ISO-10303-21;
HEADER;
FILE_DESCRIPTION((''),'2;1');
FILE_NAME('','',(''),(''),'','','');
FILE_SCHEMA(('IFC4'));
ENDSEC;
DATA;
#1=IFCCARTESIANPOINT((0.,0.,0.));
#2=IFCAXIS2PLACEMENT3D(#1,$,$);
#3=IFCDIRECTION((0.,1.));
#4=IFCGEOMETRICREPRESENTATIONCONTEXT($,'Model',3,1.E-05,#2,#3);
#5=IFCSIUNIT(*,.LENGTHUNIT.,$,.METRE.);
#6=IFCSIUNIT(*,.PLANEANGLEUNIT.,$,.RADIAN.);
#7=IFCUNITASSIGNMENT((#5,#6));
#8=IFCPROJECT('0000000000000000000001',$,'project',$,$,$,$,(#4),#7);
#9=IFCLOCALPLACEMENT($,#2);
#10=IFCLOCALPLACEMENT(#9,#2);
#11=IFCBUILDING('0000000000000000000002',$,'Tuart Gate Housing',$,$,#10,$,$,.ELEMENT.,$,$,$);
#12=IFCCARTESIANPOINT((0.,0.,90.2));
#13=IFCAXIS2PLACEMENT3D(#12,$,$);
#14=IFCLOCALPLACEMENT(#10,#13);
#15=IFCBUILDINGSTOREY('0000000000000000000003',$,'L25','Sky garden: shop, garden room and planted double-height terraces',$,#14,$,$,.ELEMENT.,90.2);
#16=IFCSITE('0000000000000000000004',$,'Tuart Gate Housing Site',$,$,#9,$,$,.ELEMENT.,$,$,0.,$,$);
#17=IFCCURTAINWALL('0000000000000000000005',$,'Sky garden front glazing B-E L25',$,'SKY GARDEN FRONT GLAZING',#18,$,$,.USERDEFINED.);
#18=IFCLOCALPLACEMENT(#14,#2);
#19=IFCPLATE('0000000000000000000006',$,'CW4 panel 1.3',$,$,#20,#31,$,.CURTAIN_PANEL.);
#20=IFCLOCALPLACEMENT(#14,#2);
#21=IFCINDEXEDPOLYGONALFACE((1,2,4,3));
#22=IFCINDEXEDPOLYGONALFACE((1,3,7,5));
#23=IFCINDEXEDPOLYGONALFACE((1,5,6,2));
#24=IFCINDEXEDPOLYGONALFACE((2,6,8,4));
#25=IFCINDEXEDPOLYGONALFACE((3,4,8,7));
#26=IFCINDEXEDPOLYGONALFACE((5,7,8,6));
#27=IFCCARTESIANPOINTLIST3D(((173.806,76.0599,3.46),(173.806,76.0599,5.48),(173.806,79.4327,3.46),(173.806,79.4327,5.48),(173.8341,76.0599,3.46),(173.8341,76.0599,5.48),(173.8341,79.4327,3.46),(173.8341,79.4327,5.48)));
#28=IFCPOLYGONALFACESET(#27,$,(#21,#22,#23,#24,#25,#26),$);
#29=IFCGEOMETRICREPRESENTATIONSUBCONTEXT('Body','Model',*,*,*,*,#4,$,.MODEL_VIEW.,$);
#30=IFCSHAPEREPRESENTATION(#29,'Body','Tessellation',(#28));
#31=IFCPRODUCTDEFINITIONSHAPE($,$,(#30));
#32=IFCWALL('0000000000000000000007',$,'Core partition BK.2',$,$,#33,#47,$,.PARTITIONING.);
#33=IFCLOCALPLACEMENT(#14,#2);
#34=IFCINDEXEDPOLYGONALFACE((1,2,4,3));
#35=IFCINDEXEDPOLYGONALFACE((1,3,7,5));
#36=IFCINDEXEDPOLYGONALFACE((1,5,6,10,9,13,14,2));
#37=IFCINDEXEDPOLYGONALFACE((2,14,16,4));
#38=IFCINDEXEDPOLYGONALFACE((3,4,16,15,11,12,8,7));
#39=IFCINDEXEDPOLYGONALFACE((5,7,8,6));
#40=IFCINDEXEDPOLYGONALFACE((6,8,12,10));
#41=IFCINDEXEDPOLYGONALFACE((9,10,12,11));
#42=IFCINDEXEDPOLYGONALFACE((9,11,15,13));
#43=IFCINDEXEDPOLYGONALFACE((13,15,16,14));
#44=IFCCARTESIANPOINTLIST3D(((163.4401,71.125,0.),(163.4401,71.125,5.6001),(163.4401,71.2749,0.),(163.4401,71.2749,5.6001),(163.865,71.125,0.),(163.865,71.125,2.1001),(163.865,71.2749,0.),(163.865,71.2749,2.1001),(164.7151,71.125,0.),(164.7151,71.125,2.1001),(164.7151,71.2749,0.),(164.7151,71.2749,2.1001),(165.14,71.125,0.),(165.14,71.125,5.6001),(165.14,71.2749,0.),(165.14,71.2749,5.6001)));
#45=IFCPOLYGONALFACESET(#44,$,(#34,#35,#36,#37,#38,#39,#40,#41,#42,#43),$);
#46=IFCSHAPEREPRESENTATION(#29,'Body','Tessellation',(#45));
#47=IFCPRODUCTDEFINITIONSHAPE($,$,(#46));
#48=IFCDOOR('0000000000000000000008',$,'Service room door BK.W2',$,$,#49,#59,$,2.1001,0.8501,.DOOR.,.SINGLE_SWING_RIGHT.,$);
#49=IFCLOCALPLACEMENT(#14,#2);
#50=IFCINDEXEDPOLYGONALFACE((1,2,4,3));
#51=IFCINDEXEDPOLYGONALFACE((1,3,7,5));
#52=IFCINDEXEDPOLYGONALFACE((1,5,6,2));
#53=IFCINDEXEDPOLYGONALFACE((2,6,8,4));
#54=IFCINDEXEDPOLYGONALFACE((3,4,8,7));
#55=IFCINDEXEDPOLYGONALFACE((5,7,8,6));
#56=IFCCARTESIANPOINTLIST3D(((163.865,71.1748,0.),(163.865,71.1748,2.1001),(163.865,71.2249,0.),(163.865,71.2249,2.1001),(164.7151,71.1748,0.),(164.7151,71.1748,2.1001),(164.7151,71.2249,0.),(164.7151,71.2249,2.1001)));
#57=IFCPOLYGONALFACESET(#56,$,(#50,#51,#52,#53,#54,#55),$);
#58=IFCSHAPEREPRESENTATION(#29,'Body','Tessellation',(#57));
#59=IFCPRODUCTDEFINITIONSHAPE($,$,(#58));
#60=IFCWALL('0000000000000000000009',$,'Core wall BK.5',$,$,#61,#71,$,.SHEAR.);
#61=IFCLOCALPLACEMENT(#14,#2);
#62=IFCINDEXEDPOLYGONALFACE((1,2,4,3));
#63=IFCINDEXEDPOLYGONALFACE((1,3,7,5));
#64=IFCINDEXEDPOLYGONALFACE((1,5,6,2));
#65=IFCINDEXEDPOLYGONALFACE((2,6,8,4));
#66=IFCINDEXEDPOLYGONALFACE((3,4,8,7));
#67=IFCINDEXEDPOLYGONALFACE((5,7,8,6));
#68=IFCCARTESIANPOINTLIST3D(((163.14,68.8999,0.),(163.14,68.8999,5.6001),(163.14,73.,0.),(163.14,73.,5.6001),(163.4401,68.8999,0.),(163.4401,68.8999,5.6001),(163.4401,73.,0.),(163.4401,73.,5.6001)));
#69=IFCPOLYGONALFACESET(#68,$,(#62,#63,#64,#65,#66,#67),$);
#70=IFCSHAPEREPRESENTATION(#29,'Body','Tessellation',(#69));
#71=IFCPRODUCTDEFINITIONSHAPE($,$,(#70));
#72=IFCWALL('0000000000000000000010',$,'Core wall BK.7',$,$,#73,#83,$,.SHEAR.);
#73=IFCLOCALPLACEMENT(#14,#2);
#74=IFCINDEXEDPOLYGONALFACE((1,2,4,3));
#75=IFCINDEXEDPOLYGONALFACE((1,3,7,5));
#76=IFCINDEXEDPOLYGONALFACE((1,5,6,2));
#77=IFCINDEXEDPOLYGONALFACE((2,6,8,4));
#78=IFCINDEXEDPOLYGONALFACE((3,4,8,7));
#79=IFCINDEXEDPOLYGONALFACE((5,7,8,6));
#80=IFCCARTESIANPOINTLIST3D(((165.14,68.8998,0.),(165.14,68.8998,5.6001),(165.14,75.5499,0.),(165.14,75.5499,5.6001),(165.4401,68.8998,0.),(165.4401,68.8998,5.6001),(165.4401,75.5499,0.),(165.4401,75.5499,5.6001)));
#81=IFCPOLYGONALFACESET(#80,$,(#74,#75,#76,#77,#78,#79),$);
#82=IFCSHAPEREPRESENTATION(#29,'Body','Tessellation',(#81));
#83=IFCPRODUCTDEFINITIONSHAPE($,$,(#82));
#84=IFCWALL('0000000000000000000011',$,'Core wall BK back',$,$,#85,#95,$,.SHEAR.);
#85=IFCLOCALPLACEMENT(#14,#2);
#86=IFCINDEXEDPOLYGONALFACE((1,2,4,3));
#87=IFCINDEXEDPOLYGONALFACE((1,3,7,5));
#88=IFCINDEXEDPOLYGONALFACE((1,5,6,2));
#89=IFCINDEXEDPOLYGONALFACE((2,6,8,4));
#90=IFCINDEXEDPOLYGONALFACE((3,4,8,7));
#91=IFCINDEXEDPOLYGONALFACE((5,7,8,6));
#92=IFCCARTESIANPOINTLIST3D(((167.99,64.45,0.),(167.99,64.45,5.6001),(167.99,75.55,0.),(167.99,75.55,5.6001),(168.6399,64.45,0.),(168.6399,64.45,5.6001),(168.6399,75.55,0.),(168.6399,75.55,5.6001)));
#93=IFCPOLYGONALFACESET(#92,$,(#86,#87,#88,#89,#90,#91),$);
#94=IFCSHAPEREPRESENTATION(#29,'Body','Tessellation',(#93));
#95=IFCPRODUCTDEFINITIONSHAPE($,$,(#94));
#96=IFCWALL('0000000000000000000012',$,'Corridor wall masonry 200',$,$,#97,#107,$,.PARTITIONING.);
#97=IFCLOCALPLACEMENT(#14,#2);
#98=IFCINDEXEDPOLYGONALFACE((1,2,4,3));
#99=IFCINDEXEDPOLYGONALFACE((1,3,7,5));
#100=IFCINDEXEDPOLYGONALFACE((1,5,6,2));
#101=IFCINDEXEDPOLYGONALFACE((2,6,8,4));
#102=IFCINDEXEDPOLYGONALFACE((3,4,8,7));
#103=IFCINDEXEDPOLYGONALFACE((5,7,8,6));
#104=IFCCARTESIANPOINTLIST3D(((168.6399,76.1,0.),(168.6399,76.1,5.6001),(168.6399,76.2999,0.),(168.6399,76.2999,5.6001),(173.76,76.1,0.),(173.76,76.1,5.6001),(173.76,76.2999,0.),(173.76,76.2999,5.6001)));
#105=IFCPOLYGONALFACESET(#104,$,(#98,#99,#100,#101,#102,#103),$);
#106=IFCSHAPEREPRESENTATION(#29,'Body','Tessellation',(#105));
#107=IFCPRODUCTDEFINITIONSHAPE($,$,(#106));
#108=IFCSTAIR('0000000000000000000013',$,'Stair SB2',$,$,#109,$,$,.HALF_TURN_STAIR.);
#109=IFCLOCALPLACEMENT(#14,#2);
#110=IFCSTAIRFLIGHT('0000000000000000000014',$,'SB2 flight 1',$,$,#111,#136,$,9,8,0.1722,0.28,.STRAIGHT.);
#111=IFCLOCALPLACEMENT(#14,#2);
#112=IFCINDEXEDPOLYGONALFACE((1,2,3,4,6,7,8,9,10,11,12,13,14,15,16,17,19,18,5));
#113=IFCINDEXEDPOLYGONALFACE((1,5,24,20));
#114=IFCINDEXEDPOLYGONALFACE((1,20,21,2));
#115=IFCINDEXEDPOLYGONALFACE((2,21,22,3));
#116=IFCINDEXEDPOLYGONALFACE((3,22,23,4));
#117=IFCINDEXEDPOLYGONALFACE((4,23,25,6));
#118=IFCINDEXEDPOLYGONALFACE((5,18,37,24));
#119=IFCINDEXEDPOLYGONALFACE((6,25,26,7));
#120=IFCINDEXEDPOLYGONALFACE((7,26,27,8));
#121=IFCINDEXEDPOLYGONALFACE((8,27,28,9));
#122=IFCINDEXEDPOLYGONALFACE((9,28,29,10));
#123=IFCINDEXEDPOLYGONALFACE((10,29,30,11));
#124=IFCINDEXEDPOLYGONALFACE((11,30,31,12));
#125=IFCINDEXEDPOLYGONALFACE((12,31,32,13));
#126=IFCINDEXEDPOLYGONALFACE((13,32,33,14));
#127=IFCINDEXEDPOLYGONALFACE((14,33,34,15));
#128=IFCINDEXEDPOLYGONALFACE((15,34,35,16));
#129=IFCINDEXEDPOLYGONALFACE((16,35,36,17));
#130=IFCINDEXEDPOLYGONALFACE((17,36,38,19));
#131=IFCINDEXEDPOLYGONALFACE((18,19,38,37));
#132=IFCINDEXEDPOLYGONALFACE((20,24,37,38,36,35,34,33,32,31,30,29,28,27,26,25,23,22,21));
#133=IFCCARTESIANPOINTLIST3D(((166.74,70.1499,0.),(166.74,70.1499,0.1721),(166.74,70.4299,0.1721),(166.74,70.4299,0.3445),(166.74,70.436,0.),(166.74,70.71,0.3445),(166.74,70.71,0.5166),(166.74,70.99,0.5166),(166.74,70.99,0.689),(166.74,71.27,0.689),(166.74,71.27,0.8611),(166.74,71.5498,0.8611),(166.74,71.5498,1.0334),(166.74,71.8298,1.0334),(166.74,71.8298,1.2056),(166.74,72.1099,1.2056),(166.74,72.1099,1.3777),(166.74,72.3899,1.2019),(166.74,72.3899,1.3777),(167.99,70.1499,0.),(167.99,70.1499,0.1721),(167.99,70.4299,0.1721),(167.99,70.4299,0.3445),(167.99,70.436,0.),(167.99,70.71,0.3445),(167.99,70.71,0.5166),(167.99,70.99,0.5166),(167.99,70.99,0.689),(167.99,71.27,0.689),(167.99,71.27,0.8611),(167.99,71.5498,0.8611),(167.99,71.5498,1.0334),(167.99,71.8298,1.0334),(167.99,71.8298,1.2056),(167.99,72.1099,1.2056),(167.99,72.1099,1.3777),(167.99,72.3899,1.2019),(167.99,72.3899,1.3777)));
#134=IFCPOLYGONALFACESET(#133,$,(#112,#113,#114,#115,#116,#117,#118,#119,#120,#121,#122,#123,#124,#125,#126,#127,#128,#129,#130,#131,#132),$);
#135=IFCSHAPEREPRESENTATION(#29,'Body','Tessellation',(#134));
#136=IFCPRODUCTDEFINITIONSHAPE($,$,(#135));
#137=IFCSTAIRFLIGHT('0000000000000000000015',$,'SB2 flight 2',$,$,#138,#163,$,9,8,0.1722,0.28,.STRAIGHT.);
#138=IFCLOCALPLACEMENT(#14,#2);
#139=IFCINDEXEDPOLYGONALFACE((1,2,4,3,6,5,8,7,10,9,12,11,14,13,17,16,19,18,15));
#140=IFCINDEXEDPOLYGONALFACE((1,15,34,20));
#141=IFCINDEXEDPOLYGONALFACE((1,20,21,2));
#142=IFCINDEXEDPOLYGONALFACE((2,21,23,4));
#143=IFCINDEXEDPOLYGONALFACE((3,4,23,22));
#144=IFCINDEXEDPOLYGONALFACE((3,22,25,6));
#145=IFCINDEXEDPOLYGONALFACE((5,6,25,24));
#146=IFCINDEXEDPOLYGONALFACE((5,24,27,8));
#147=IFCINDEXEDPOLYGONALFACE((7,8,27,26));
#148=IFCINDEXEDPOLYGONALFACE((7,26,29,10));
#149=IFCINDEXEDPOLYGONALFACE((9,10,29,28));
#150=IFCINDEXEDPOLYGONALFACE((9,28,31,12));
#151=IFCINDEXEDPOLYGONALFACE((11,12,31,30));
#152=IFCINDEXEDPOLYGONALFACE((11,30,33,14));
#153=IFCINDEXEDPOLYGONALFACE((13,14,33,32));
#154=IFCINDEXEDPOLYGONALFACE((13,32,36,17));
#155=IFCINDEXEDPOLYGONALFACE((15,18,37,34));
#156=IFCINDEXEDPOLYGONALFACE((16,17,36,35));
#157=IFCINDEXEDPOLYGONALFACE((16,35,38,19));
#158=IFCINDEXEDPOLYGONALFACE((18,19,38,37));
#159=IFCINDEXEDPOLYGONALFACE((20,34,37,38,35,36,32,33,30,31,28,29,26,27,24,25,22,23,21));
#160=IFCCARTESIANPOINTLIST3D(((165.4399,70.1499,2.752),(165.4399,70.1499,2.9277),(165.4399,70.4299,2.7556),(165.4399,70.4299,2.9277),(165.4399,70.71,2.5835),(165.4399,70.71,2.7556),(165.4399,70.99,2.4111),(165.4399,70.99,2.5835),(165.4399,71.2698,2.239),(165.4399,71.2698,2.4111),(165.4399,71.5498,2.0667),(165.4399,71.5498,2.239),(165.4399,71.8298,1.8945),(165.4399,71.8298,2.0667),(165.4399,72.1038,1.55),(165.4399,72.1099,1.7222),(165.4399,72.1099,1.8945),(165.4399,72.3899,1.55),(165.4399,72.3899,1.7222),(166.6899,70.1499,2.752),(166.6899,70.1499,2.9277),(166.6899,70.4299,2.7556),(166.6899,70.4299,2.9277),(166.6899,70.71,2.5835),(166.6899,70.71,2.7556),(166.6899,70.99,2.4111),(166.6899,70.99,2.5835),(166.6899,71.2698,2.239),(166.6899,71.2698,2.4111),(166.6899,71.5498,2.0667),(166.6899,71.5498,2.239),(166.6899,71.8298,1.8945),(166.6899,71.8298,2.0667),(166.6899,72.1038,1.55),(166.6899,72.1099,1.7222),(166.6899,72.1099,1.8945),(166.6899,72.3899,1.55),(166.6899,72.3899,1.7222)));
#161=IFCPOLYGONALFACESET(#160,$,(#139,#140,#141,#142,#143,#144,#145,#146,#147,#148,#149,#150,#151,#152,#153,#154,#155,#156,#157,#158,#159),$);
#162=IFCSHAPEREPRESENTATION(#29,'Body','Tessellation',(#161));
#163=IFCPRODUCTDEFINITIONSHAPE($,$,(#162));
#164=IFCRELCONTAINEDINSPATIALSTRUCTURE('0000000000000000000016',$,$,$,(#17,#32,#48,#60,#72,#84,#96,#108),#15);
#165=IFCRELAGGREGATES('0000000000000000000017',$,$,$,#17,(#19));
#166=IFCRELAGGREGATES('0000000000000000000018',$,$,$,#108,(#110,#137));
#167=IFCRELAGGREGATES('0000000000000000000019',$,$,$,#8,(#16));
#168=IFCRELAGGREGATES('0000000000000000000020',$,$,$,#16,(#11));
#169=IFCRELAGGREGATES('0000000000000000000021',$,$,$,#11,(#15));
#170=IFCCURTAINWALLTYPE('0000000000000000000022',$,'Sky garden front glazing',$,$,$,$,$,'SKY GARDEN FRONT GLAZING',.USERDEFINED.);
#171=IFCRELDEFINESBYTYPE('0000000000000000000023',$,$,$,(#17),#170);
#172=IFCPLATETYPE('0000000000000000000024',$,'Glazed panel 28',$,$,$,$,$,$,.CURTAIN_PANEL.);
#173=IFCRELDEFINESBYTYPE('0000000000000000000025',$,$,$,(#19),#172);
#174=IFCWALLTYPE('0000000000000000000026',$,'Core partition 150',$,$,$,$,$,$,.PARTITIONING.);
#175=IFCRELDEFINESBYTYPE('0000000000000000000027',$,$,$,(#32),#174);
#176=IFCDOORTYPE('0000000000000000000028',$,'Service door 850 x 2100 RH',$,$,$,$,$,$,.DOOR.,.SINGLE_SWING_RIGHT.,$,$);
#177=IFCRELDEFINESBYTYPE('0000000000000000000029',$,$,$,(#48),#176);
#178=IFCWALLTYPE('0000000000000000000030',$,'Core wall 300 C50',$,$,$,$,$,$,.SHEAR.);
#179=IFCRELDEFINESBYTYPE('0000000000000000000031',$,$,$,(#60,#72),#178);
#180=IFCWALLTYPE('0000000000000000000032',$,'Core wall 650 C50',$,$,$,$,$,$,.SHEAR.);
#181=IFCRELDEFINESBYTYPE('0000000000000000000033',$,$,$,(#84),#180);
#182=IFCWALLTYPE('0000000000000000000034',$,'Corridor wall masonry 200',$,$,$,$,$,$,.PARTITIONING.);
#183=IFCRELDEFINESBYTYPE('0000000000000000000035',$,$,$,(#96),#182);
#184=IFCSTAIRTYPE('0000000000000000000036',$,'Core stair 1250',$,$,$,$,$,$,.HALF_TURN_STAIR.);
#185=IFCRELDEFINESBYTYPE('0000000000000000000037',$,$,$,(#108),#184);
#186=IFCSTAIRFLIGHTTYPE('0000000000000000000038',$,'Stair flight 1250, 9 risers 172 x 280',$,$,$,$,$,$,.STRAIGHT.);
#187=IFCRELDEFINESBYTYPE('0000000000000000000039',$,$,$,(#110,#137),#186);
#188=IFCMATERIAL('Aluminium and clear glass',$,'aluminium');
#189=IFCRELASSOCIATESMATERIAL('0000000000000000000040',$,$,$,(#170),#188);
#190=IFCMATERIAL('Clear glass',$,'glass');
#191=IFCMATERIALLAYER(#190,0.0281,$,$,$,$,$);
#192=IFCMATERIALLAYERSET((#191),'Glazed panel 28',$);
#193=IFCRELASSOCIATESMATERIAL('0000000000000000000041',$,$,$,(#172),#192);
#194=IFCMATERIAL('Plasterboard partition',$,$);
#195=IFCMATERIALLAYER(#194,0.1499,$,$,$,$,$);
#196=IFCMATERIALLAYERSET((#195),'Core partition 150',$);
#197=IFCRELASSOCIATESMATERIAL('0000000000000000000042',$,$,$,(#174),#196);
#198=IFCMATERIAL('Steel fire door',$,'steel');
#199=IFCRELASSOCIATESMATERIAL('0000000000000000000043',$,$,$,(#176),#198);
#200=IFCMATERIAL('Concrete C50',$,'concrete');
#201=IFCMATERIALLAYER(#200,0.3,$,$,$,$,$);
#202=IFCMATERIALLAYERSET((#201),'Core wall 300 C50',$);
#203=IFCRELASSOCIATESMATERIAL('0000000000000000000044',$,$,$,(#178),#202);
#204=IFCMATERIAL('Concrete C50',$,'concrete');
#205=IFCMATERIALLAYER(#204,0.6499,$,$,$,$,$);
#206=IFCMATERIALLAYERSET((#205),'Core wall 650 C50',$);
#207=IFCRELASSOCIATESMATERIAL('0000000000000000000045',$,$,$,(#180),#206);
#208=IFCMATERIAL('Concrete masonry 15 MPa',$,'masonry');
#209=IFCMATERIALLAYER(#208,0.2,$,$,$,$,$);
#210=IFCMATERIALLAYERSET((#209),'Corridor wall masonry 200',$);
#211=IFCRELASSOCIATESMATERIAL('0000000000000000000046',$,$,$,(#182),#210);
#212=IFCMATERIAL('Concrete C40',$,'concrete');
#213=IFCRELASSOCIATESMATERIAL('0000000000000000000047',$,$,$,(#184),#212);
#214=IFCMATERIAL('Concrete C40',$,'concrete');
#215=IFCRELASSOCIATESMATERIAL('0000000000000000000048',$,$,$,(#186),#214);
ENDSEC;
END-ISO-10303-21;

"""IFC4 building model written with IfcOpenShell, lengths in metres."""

from ifc_helpers import new_model, si_unit, direction, frame, frame_2d, origin, origin_2d, place, context, subcontext, project, spatial, polyline, rectangle, outline, extrude, material, layer, layer_set, type_object, element, fill, aggregate, save


model = new_model("IFC4")

# Units and contexts
model_context = context("Model", 3, precision=1e-05, world=origin(), true_north=direction((0.0, 1.0)))
body_context = subcontext(model_context, "Body", "Model", "MODEL_VIEW")
ifc_project = project(units=[si_unit("LENGTHUNIT", "METRE"), si_unit("PLANEANGLEUNIT", "RADIAN")], contexts=[model_context])

# Site, building, storey
site_placement = place(None, origin())
site = spatial("IfcSite", under=ifc_project, at=site_placement, Name="Tuart Gate Housing Site", CompositionType="ELEMENT", RefElevation=0.0)
building_placement = place(site_placement, origin())
building = spatial("IfcBuilding", under=site, at=building_placement, Name="Tuart Gate Housing", CompositionType="ELEMENT")
storey_placement = place(building_placement, frame((0.0, 0.0, 90.2)))
storey = spatial("IfcBuildingStorey", under=building, at=storey_placement, Name="L25", Description="Sky garden: shop, garden room and planted double-height terraces", CompositionType="ELEMENT", Elevation=90.2)

# Curtain wall
ifc_material_1 = material(Name="Aluminium and clear glass", Category="aluminium")
curtain_wall_type = type_object("IfcCurtainWallType", Name="Sky garden front glazing", ElementType="SKY GARDEN FRONT GLAZING", PredefinedType="USERDEFINED", material=ifc_material_1)
curtain_wall_1_placement = place(storey_placement, origin())
curtain_wall_1 = element("IfcCurtainWall", 1, at=curtain_wall_1_placement, inside=storey, type_object=curtain_wall_type, Name="Sky garden front glazing B-E L25", ObjectType="SKY GARDEN FRONT GLAZING", PredefinedType="USERDEFINED")

# Plate
ifc_material_2 = material(Name="Clear glass", Category="glass")
ifc_layer_1 = layer(ifc_material_2, 0.0281)
ifc_layer_set_1 = layer_set([ifc_layer_1], Name="Glazed panel 28")
plate_type = type_object("IfcPlateType", Name="Glazed panel 28", PredefinedType="CURTAIN_PANEL", material=ifc_layer_set_1)
plate_1_placement = place(storey_placement, frame((173.8201, 77.7463, 3.46), z_axis=(0.0, 0.0, 1.0), x_axis=(0.0, 1.0, 0.0)))
plate_1 = element("IfcPlate", 2, at=plate_1_placement, type_object=plate_type, Name="CW4 panel 1.3", PredefinedType="CURTAIN_PANEL", context=body_context, shape_type="SweptSolid", body=[
    extrude(rectangle(XDim=3.3728, YDim=0.0281, at=origin_2d()), origin(), (0.0, 0.0, 1.0), 2.02),
])
aggregate(curtain_wall_1, [plate_1])

# Wall, opening, door
ifc_material_3 = material(Name="Plasterboard partition")
ifc_layer_2 = layer(ifc_material_3, 0.1499)
ifc_layer_set_2 = layer_set([ifc_layer_2], Name="Core partition 150")
wall_type_1 = type_object("IfcWallType", Name="Core partition 150", PredefinedType="PARTITIONING", material=ifc_layer_set_2)
wall_1_placement = place(storey_placement, frame((163.4399, 71.2, 0.0), z_axis=(0.0, 0.0, 1.0), x_axis=(1.0, 0.0, 0.0)))
wall_1 = element("IfcWall", 3, at=wall_1_placement, inside=storey, type_object=wall_type_1, Name="Core partition BK.2", PredefinedType="PARTITIONING", context=body_context, shape_type="SweptSolid", body=[
    extrude(rectangle(XDim=1.7, YDim=0.1499, at=frame_2d((0.8501, 0.0))), origin(), (0.0, 0.0, 1.0), 5.6001),
])
opening_1_placement = place(wall_1_placement, frame((0.425, 0.0, 0.0)))
opening_1 = element("IfcOpeningElement", 4, at=opening_1_placement, cuts=wall_1, PredefinedType="OPENING", context=body_context, shape_type="SweptSolid", body=[
    extrude(rectangle(XDim=0.8501, YDim=2.1001, at=frame_2d((0.425, 1.05))), frame((0.0, 0.085, 0.0), z_axis=(0.0, -1.0, 0.0), x_axis=(1.0, 0.0, 0.0)), (0.0, 0.0, 1.0), 0.1699),
])
ifc_material_4 = material(Name="Steel fire door", Category="steel")
door_type_1 = type_object("IfcDoorType", Name="Service door 850 x 2100 RH", OperationType="SINGLE_SWING_RIGHT", PredefinedType="DOOR", material=ifc_material_4)
door_1_placement = place(opening_1_placement, frame((0.8501, 0.0, 0.0), z_axis=(0.0, 0.0, 1.0), x_axis=(-1.0, 0.0, 0.0)))
door_1 = element("IfcDoor", 5, at=door_1_placement, inside=storey, type_object=door_type_1, Name="Service room door BK.W2", OperationType="SINGLE_SWING_RIGHT", OverallHeight=2.1001, OverallWidth=0.8501, PredefinedType="DOOR", context=body_context, shape_type="SweptSolid", body=[
    extrude(rectangle(XDim=0.8501, YDim=2.1001, at=frame_2d((0.425, 1.05))), frame((0.0, 0.0251, 0.0), z_axis=(0.0, -1.0, 0.0), x_axis=(1.0, 0.0, 0.0)), (0.0, 0.0, 1.0), 0.05),
])
fill(opening_1, door_1)

# Walls
ifc_material_5 = material(Name="Concrete C50", Category="concrete")
ifc_layer_3 = layer(ifc_material_5, 0.3)
ifc_layer_set_3 = layer_set([ifc_layer_3], Name="Core wall 300 C50")
wall_type_2 = type_object("IfcWallType", Name="Core wall 300 C50", PredefinedType="SHEAR", material=ifc_layer_set_3)
wall_2_placement = place(storey_placement, frame((163.29, 73.0, 0.0), z_axis=(0.0, 0.0, 1.0), x_axis=(0.0, -1.0, 0.0)))
element("IfcWall", 6, at=wall_2_placement, inside=storey, type_object=wall_type_2, Name="Core wall BK.5", PredefinedType="SHEAR", context=body_context, shape_type="SweptSolid", body=[
    extrude(rectangle(XDim=4.1001, YDim=0.3, at=frame_2d((2.05, 0.0))), origin(), (0.0, 0.0, 1.0), 5.6001),
])
wall_3_placement = place(storey_placement, frame((165.29, 75.55, 0.0), z_axis=(0.0, 0.0, 1.0), x_axis=(0.0, -1.0, 0.0)))
element("IfcWall", 7, at=wall_3_placement, inside=storey, type_object=wall_type_2, Name="Core wall BK.7", PredefinedType="SHEAR", context=body_context, shape_type="SweptSolid", body=[
    extrude(rectangle(XDim=6.6501, YDim=0.3, at=frame_2d((3.3252, 0.0))), origin(), (0.0, 0.0, 1.0), 5.6001),
])
ifc_material_6 = material(Name="Concrete C50", Category="concrete")
ifc_layer_4 = layer(ifc_material_6, 0.6499)
ifc_layer_set_4 = layer_set([ifc_layer_4], Name="Core wall 650 C50")
wall_type_3 = type_object("IfcWallType", Name="Core wall 650 C50", PredefinedType="SHEAR", material=ifc_layer_set_4)
wall_4_placement = place(storey_placement, frame((168.3149, 75.55, 0.0), z_axis=(0.0, 0.0, 1.0), x_axis=(0.0, -1.0, 0.0)))
element("IfcWall", 8, at=wall_4_placement, inside=storey, type_object=wall_type_3, Name="Core wall BK back", PredefinedType="SHEAR", context=body_context, shape_type="SweptSolid", body=[
    extrude(rectangle(XDim=11.1001, YDim=0.6499, at=frame_2d((5.55, 0.0))), origin(), (0.0, 0.0, 1.0), 5.6001),
])
ifc_material_7 = material(Name="Concrete masonry 15 MPa", Category="masonry")
ifc_layer_5 = layer(ifc_material_7, 0.2)
ifc_layer_set_5 = layer_set([ifc_layer_5], Name="Corridor wall masonry 200")
wall_type_4 = type_object("IfcWallType", Name="Corridor wall masonry 200", PredefinedType="PARTITIONING", material=ifc_layer_set_5)
wall_5_placement = place(storey_placement, frame((168.6399, 76.2, 0.0), z_axis=(0.0, 0.0, 1.0), x_axis=(1.0, 0.0, 0.0)))
element("IfcWall", 9, at=wall_5_placement, inside=storey, type_object=wall_type_4, Name="Corridor wall masonry 200", PredefinedType="PARTITIONING", context=body_context, shape_type="SweptSolid", body=[
    extrude(rectangle(XDim=5.1201, YDim=0.2, at=frame_2d((2.5601, 0.0))), origin(), (0.0, 0.0, 1.0), 5.6001),
])

# Stair, stair flights
ifc_material_8 = material(Name="Concrete C40", Category="concrete")
stair_type = type_object("IfcStairType", Name="Core stair 1250", PredefinedType="HALF_TURN_STAIR", material=ifc_material_8)
stair_placement = place(storey_placement, origin())
stair = element("IfcStair", 10, at=stair_placement, inside=storey, type_object=stair_type, Name="Stair SB2", PredefinedType="HALF_TURN_STAIR")
ifc_material_9 = material(Name="Concrete C40", Category="concrete")
stair_flight_type = type_object("IfcStairFlightType", Name="Stair flight 1250, 9 risers 172 x 280", PredefinedType="STRAIGHT", material=ifc_material_9)
stair_flight_1_placement = place(storey_placement, frame((167.365, 70.1499, 0.0), z_axis=(0.0, 0.0, 1.0), x_axis=(0.0, 1.0, 0.0)))
stair_flight_1 = element("IfcStairFlight", 11, at=stair_flight_1_placement, type_object=stair_flight_type, Name="SB2 flight 1", NumberOfRisers=9, NumberOfTreads=8, PredefinedType="STRAIGHT", RiserHeight=0.1722, TreadLength=0.28, context=body_context, shape_type="SweptSolid", body=[
    extrude(outline(polyline([(0.0, 0.0), (0.0, 0.1721), (0.28, 0.1721), (0.28, 0.3445), (0.5601, 0.3445), (0.5601, 0.5166), (0.8401, 0.5166), (0.8401, 0.689), (1.1201, 0.689), (1.1201, 0.8611), (1.3999, 0.8611), (1.3999, 1.0334), (1.6799, 1.0334), (1.6799, 1.2056), (1.96, 1.2056), (1.96, 1.3777), (2.24, 1.3777), (2.24, 1.55), (2.24, 1.2019), (0.2861, 0.0), (0.0, 0.0)])), frame((0.0, 0.625, 0.0), z_axis=(0.0, -1.0, 0.0), x_axis=(1.0, 0.0, 0.0)), (0.0, 0.0, 1.0), 1.25),
])
stair_flight_2_placement = place(storey_placement, frame((166.0649, 72.3899, 1.55), z_axis=(0.0, 0.0, 1.0), x_axis=(0.0, -1.0, 0.0)))
stair_flight_2 = element("IfcStairFlight", 12, at=stair_flight_2_placement, type_object=stair_flight_type, Name="SB2 flight 2", NumberOfRisers=9, NumberOfTreads=8, PredefinedType="STRAIGHT", RiserHeight=0.1722, TreadLength=0.28, context=body_context, shape_type="SweptSolid", body=[
    extrude(outline(polyline([(0.0, 0.0), (0.0, 0.1721), (0.28, 0.1721), (0.28, 0.3445), (0.5601, 0.3445), (0.5601, 0.5166), (0.8401, 0.5166), (0.8401, 0.689), (1.1201, 0.689), (1.1201, 0.8611), (1.3999, 0.8611), (1.3999, 1.0334), (1.6799, 1.0334), (1.6799, 1.2056), (1.96, 1.2056), (1.96, 1.3777), (2.24, 1.3777), (2.24, 1.55), (2.24, 1.2019), (0.2861, 0.0), (0.0, 0.0)])), frame((0.0, 0.625, 0.0), z_axis=(0.0, -1.0, 0.0), x_axis=(1.0, 0.0, 0.0)), (0.0, 0.0, 1.0), 1.25),
])
aggregate(stair, [stair_flight_1, stair_flight_2])

save(model, "model.ifc")
